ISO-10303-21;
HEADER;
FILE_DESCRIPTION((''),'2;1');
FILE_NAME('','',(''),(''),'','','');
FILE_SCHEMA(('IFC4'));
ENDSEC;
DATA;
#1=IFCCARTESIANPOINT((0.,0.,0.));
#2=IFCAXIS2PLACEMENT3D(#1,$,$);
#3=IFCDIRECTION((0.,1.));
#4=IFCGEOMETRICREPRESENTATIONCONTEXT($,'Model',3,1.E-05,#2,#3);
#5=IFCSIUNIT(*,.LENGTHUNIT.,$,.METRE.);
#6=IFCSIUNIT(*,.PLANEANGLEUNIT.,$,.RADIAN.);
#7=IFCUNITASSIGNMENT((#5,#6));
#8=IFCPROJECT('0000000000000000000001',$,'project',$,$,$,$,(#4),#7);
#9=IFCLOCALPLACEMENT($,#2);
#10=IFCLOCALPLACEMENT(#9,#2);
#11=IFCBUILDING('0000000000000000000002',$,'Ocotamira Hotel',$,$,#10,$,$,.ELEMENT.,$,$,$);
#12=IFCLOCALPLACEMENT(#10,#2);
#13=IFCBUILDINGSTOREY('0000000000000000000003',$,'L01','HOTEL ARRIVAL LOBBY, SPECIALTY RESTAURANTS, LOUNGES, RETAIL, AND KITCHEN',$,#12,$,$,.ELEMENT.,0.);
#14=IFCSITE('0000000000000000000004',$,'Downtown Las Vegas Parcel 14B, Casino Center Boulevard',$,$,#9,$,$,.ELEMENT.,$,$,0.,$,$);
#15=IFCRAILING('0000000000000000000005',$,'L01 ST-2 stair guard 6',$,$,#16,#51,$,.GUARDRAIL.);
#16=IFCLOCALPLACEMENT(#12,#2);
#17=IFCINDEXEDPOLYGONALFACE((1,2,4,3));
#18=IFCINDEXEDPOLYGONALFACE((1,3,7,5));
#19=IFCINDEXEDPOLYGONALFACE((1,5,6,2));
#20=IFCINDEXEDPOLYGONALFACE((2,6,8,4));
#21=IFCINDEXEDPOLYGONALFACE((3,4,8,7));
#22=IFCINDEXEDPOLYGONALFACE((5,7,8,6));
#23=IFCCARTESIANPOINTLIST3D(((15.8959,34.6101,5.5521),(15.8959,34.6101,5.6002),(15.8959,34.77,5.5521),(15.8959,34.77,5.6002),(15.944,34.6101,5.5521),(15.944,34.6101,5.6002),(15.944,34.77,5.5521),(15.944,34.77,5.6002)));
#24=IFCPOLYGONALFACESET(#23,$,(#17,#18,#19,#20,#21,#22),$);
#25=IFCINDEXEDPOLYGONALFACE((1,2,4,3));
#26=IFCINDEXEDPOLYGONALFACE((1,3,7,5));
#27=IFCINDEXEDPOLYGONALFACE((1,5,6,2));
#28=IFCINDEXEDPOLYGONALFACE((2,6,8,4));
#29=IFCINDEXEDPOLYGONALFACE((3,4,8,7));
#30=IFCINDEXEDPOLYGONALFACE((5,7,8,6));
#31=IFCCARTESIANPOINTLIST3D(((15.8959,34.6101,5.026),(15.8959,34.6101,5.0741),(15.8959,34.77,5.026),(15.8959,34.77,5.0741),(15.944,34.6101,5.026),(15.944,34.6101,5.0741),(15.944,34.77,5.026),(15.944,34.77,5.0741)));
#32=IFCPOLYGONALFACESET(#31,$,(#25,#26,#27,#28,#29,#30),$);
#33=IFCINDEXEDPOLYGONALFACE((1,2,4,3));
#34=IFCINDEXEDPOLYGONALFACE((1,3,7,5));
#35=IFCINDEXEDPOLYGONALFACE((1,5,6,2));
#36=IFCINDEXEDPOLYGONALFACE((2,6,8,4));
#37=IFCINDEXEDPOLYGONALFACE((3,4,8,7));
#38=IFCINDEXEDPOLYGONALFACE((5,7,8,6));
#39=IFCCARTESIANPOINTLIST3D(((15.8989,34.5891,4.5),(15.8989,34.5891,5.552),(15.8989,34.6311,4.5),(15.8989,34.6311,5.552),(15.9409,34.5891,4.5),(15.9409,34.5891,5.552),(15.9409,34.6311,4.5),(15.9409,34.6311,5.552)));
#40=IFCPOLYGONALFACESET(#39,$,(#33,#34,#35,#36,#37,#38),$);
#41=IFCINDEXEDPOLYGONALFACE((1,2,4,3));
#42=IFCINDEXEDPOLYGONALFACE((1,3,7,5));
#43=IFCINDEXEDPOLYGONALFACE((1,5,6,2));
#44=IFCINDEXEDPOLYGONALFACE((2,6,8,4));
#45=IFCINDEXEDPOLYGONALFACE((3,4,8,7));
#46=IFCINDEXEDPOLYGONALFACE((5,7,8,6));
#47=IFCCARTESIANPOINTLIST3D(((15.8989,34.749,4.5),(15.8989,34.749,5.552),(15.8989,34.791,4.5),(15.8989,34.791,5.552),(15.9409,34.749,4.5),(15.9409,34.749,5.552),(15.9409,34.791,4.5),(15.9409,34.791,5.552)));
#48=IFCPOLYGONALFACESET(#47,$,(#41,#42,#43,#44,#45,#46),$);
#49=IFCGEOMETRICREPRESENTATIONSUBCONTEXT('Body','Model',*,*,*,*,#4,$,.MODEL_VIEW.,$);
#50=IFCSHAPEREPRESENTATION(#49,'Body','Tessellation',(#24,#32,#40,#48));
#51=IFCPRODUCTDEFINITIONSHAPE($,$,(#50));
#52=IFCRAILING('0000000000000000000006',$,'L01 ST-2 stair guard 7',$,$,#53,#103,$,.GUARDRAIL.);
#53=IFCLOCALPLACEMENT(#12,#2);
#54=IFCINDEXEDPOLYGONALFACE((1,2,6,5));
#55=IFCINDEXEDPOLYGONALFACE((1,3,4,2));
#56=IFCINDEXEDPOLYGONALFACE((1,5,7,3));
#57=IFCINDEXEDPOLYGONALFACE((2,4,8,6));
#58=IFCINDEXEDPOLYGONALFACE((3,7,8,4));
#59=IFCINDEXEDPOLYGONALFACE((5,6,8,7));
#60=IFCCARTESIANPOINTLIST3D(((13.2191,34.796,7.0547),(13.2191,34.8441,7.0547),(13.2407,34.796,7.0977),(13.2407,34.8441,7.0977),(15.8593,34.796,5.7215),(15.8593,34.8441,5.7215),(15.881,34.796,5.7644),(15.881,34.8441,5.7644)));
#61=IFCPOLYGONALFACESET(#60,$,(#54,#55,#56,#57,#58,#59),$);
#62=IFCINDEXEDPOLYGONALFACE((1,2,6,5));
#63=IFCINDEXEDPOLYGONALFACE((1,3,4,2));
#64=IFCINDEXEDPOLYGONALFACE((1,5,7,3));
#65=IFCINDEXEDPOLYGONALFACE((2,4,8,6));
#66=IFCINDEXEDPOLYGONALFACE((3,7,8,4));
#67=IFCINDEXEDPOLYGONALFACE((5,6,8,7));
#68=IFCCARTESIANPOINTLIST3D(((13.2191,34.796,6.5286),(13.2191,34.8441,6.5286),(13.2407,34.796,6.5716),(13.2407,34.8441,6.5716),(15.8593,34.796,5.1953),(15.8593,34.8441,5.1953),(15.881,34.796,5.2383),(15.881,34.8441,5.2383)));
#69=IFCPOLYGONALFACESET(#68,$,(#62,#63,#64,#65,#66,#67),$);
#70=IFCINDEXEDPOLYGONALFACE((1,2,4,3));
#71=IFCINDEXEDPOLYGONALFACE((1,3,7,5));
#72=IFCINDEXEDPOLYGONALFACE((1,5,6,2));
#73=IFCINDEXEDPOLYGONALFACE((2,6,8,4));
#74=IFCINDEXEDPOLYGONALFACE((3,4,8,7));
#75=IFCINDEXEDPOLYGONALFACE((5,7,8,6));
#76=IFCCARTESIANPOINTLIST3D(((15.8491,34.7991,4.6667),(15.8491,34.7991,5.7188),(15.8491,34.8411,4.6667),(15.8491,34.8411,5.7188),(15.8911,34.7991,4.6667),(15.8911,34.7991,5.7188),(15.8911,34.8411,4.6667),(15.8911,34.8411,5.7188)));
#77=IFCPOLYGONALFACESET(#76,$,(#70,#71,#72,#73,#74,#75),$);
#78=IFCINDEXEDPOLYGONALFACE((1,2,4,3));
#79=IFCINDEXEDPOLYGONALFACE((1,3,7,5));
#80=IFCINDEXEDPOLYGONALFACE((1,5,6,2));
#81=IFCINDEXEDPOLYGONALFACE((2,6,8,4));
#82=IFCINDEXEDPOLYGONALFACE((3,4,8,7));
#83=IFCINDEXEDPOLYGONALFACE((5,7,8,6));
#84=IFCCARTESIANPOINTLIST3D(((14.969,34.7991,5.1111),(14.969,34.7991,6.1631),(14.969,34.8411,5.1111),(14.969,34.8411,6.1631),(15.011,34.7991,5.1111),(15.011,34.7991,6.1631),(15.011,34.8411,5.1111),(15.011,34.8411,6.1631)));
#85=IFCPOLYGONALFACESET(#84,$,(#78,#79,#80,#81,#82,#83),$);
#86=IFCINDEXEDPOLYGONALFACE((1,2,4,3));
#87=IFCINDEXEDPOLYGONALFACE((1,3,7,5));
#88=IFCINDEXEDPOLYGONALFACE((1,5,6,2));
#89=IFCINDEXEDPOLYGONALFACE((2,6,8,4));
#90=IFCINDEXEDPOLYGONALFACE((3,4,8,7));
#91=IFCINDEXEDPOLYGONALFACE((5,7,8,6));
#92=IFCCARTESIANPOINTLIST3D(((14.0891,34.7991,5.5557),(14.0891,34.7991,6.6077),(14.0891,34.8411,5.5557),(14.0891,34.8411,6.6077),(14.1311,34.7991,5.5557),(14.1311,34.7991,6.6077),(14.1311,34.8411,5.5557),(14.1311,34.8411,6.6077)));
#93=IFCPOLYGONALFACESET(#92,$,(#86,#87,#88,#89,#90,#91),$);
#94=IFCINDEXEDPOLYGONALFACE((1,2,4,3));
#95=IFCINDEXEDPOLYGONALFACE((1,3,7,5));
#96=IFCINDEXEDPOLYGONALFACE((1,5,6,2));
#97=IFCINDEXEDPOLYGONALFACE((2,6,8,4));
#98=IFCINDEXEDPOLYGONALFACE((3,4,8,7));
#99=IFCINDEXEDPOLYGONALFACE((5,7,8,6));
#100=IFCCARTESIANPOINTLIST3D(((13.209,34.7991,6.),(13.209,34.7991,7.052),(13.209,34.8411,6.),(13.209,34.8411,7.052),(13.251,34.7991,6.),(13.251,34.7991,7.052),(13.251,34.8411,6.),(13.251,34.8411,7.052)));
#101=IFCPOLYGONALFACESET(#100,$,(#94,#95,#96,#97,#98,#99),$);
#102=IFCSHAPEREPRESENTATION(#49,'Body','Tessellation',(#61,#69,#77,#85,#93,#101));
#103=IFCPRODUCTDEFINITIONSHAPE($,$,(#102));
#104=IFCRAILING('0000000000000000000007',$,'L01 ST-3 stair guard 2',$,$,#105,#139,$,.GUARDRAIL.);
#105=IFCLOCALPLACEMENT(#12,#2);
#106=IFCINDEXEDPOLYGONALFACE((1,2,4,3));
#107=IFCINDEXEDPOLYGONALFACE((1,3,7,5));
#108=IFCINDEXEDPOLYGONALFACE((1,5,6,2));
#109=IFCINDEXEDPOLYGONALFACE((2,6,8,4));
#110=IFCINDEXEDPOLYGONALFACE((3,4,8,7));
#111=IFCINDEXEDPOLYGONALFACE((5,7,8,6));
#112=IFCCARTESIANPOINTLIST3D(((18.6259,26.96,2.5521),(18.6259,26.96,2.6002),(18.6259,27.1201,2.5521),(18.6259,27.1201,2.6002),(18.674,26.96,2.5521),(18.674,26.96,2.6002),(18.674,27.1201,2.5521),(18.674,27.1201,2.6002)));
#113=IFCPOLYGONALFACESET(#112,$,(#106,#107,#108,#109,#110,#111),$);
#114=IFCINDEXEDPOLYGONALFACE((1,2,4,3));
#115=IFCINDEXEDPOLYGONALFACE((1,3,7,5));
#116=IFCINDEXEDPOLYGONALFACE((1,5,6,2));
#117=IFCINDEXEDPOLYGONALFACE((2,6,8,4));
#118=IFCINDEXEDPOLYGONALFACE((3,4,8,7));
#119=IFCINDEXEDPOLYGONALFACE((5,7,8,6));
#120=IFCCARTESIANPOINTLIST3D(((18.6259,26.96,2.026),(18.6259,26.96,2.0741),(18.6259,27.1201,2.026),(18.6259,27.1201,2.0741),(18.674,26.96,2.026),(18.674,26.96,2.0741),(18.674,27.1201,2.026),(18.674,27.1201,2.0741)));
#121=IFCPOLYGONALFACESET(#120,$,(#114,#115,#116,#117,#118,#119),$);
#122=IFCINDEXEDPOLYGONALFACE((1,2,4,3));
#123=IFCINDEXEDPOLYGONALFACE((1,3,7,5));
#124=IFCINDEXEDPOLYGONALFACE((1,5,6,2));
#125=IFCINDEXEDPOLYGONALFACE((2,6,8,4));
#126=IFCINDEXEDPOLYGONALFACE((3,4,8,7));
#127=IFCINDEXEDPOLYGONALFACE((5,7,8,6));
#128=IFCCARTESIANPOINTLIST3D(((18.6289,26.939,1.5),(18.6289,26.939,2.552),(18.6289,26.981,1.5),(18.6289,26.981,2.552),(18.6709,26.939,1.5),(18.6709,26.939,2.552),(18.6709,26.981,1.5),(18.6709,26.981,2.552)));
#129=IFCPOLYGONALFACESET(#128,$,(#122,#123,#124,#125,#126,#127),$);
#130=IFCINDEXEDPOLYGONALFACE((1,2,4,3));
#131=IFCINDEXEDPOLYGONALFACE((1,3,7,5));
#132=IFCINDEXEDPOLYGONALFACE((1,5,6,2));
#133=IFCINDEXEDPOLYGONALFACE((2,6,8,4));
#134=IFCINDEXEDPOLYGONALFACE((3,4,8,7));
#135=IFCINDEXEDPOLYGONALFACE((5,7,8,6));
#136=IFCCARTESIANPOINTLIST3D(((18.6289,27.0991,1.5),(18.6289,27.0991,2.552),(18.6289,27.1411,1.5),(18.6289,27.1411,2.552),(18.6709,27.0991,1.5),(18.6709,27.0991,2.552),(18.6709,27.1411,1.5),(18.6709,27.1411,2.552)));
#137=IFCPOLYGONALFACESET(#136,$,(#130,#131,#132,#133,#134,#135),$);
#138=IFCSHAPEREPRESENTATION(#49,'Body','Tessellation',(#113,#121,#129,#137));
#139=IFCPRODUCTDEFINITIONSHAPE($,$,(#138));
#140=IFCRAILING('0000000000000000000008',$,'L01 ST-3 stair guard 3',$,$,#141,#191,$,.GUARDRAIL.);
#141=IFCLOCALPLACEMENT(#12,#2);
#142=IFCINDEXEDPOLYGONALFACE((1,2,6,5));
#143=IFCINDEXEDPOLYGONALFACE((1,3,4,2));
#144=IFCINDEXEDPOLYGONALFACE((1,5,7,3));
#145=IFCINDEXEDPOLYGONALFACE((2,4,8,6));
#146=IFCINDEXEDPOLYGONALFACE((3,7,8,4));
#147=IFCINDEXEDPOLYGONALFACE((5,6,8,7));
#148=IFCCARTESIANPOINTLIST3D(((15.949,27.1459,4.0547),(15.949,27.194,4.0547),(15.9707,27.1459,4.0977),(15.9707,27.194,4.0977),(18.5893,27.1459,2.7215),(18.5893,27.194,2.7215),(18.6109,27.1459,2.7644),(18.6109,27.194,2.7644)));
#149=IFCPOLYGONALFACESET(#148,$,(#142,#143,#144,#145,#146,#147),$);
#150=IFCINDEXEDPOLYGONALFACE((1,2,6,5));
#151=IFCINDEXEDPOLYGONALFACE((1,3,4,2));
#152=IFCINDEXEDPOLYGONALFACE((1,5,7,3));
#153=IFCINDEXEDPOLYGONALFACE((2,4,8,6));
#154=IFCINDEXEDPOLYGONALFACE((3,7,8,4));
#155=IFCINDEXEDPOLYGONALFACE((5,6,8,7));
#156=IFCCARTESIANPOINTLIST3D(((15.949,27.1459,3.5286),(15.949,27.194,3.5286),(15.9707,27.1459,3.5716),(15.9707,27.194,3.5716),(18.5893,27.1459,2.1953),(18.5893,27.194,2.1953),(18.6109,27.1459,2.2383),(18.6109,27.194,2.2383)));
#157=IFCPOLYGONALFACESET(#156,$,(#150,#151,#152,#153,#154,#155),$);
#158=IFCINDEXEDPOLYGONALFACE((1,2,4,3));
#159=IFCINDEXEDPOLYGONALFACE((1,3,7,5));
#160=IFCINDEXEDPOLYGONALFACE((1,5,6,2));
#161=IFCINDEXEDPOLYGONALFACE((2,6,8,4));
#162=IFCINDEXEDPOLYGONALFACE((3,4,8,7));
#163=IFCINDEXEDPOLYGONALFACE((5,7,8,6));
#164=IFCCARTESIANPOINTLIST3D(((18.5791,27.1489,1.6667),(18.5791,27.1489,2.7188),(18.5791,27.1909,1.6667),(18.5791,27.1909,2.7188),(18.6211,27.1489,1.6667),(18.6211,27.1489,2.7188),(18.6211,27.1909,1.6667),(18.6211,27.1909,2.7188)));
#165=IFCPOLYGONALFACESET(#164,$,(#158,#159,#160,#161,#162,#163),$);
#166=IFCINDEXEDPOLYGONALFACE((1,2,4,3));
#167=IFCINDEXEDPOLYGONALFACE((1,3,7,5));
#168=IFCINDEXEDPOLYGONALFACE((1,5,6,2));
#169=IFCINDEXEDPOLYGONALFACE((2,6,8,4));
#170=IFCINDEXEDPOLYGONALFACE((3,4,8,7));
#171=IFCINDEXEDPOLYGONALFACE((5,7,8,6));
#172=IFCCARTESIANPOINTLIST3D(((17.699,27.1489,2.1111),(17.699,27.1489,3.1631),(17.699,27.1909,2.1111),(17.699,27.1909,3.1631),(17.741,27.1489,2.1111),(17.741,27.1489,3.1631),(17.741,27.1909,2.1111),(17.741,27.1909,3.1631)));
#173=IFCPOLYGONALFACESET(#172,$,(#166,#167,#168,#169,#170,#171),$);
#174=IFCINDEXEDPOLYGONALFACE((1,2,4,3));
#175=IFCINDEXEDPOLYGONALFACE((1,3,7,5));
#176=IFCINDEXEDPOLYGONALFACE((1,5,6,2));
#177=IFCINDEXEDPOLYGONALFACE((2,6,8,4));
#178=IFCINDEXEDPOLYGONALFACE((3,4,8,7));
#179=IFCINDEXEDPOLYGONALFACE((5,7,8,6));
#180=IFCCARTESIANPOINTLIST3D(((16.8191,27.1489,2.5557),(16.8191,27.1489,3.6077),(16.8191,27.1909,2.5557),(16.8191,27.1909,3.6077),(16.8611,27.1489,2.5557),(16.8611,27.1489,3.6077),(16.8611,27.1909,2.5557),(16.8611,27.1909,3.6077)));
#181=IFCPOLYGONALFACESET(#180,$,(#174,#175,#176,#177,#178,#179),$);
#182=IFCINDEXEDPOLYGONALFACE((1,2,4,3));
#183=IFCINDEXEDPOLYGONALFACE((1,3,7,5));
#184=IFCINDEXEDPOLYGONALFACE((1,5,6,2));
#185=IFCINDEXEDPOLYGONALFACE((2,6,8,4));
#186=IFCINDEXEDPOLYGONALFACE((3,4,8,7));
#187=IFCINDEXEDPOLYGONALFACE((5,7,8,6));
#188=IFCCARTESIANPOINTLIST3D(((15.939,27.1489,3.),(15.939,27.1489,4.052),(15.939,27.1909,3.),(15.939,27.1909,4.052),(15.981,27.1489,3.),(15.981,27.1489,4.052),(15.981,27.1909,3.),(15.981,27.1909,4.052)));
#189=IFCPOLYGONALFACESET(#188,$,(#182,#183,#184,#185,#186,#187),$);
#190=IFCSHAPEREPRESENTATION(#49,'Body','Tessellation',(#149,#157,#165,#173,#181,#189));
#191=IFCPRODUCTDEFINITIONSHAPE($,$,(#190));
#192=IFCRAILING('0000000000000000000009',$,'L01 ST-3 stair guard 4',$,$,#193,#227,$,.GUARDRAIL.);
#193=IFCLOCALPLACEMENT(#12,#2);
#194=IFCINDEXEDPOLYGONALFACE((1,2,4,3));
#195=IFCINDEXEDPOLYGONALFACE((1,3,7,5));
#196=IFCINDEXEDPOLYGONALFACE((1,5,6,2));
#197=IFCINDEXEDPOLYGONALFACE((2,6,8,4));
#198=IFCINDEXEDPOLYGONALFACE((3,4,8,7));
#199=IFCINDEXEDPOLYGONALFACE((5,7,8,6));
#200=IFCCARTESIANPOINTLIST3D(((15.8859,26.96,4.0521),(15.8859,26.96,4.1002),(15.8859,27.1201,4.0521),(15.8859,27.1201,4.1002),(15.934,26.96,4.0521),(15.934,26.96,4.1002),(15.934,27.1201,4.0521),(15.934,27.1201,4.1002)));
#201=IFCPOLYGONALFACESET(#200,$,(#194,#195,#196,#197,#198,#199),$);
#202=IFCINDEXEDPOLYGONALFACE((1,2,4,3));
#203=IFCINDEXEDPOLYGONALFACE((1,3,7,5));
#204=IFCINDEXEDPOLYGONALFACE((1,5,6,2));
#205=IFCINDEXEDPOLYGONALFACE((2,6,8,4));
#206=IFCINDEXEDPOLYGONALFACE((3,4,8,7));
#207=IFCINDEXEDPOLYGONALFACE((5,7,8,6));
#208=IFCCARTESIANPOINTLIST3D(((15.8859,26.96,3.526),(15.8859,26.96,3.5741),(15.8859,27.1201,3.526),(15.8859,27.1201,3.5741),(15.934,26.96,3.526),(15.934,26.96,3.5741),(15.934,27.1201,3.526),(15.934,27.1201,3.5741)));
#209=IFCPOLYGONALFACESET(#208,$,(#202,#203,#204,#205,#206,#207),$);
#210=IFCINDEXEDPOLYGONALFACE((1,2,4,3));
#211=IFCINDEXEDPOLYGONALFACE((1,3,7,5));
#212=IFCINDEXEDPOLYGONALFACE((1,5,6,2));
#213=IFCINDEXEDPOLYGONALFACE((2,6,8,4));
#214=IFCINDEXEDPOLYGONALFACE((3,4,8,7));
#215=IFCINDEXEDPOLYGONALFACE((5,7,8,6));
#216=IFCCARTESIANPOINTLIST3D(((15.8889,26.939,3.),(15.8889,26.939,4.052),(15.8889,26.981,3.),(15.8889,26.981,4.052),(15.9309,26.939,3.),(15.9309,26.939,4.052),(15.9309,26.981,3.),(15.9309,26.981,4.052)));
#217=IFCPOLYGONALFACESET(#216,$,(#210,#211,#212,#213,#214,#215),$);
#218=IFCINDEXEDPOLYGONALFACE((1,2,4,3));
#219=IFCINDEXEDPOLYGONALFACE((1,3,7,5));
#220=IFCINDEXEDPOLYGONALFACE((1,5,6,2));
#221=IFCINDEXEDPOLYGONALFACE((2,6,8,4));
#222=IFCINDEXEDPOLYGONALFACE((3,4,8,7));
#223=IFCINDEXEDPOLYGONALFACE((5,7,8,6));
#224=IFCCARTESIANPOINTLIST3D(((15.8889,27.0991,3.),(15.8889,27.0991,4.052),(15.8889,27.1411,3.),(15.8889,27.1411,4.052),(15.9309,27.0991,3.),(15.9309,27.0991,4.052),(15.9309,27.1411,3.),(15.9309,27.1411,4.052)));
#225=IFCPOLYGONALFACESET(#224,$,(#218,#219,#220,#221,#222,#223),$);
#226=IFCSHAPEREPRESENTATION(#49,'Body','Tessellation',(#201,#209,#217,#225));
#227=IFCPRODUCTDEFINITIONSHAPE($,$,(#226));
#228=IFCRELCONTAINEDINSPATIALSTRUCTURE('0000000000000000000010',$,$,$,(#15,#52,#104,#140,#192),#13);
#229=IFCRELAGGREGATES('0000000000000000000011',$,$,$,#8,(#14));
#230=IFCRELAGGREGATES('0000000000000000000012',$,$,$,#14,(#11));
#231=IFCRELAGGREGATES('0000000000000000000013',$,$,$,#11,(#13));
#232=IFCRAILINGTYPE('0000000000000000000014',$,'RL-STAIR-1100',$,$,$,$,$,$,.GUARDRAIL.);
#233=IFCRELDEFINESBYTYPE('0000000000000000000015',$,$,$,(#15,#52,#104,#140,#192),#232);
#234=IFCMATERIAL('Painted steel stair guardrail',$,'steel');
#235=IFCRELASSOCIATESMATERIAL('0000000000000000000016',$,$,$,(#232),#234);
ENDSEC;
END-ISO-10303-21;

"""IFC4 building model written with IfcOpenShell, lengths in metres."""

from ifc_helpers import new_model, si_unit, direction, frame, origin, origin_2d, place, context, subcontext, project, spatial, rectangle, extrude, material, type_object, element, save


model = new_model("IFC4")

# Units and contexts
model_context = context("Model", 3, precision=1e-05, world=origin(), true_north=direction((0.0, 1.0)))
body_context = subcontext(model_context, "Body", "Model", "MODEL_VIEW")
ifc_project = project(units=[si_unit("LENGTHUNIT", "METRE"), si_unit("PLANEANGLEUNIT", "RADIAN")], contexts=[model_context])

# Site, building, storey
site_placement = place(None, origin())
site = spatial("IfcSite", under=ifc_project, at=site_placement, Name="Downtown Las Vegas Parcel 14B, Casino Center Boulevard", CompositionType="ELEMENT", RefElevation=0.0)
building_placement = place(site_placement, origin())
building = spatial("IfcBuilding", under=site, at=building_placement, Name="Ocotamira Hotel", CompositionType="ELEMENT")
storey_placement = place(building_placement, origin())
storey = spatial("IfcBuildingStorey", under=building, at=storey_placement, Name="L01", Description="HOTEL ARRIVAL LOBBY, SPECIALTY RESTAURANTS, LOUNGES, RETAIL, AND KITCHEN", CompositionType="ELEMENT", Elevation=0.0)

# Railings
ifc_material_1 = material(Name="Painted steel stair guardrail", Category="steel")
railing_type_1 = type_object("IfcRailingType", Name="RL-STAIR-1100", PredefinedType="GUARDRAIL", material=ifc_material_1)
railing_1_placement = place(storey_placement, frame((15.9199, 34.6101, 4.5)))
element("IfcRailing", 1, at=railing_1_placement, inside=storey, type_object=railing_type_1, Name="L01 ST-2 stair guard 6", PredefinedType="GUARDRAIL", context=body_context, shape_type="SweptSolid", body=[
    extrude(rectangle(XDim=0.0481, YDim=0.0481, at=origin_2d()), frame((0.0, 0.0, 1.0762), z_axis=(0.0, 1.0, 0.0), x_axis=(-1.0, 0.0, 0.0)), (0.0, 0.0, 1.0), 0.1599),
    extrude(rectangle(XDim=0.0481, YDim=0.0481, at=origin_2d()), frame((0.0, 0.0, 0.55), z_axis=(0.0, 1.0, 0.0), x_axis=(-1.0, 0.0, 0.0)), (0.0, 0.0, 1.0), 0.1599),
    extrude(rectangle(XDim=0.042, YDim=0.042, at=origin_2d()), origin(), (0.0, 0.0, 1.0), 1.052),
    extrude(rectangle(XDim=0.042, YDim=0.042, at=origin_2d()), frame((0.0, 0.1599, 0.0)), (0.0, 0.0, 1.0), 1.052),
])
railing_2_placement = place(storey_placement, frame((15.8701, 34.8201, 4.6667)))
element("IfcRailing", 2, at=railing_2_placement, inside=storey, type_object=railing_type_1, Name="L01 ST-2 stair guard 7", PredefinedType="GUARDRAIL", context=body_context, shape_type="SweptSolid", body=[
    extrude(rectangle(XDim=0.0481, YDim=0.0481, at=origin_2d()), frame((0.0, 0.0, 1.0762), z_axis=(-0.892637, 0.0, 0.450776), x_axis=(0.0, -1.0, 0.0)), (0.0, 0.0, 1.0), 2.9578),
    extrude(rectangle(XDim=0.0481, YDim=0.0481, at=origin_2d()), frame((0.0, 0.0, 0.55), z_axis=(-0.892637, 0.0, 0.450776), x_axis=(0.0, -1.0, 0.0)), (0.0, 0.0, 1.0), 2.9578),
    extrude(rectangle(XDim=0.042, YDim=0.042, at=origin_2d()), origin(), (0.0, 0.0, 1.0), 1.052),
    extrude(rectangle(XDim=0.042, YDim=0.042, at=origin_2d()), frame((-0.8801, 0.0, 0.4443)), (0.0, 0.0, 1.0), 1.052),
    extrude(rectangle(XDim=0.042, YDim=0.042, at=origin_2d()), frame((-1.76, 0.0, 0.8889)), (0.0, 0.0, 1.0), 1.052),
    extrude(rectangle(XDim=0.042, YDim=0.042, at=origin_2d()), frame((-2.6401, 0.0, 1.3333)), (0.0, 0.0, 1.0), 1.052),
])
railing_3_placement = place(storey_placement, frame((18.6499, 26.96, 1.5)))
element("IfcRailing", 3, at=railing_3_placement, inside=storey, type_object=railing_type_1, Name="L01 ST-3 stair guard 2", PredefinedType="GUARDRAIL", context=body_context, shape_type="SweptSolid", body=[
    extrude(rectangle(XDim=0.0481, YDim=0.0481, at=origin_2d()), frame((0.0, 0.0, 1.0762), z_axis=(0.0, 1.0, 0.0), x_axis=(-1.0, 0.0, 0.0)), (0.0, 0.0, 1.0), 0.1602),
    extrude(rectangle(XDim=0.0481, YDim=0.0481, at=origin_2d()), frame((0.0, 0.0, 0.55), z_axis=(0.0, 1.0, 0.0), x_axis=(-1.0, 0.0, 0.0)), (0.0, 0.0, 1.0), 0.1602),
    extrude(rectangle(XDim=0.042, YDim=0.042, at=origin_2d()), origin(), (0.0, 0.0, 1.0), 1.052),
    extrude(rectangle(XDim=0.042, YDim=0.042, at=origin_2d()), frame((0.0, 0.1602, 0.0)), (0.0, 0.0, 1.0), 1.052),
])
railing_4_placement = place(storey_placement, frame((18.6001, 27.1699, 1.6667)))
element("IfcRailing", 4, at=railing_4_placement, inside=storey, type_object=railing_type_1, Name="L01 ST-3 stair guard 3", PredefinedType="GUARDRAIL", context=body_context, shape_type="SweptSolid", body=[
    extrude(rectangle(XDim=0.0481, YDim=0.0481, at=origin_2d()), frame((0.0, 0.0, 1.0762), z_axis=(-0.892637, 0.0, 0.450776), x_axis=(0.0, -1.0, 0.0)), (0.0, 0.0, 1.0), 2.9578),
    extrude(rectangle(XDim=0.0481, YDim=0.0481, at=origin_2d()), frame((0.0, 0.0, 0.55), z_axis=(-0.892637, 0.0, 0.450776), x_axis=(0.0, -1.0, 0.0)), (0.0, 0.0, 1.0), 2.9578),
    extrude(rectangle(XDim=0.042, YDim=0.042, at=origin_2d()), origin(), (0.0, 0.0, 1.0), 1.052),
    extrude(rectangle(XDim=0.042, YDim=0.042, at=origin_2d()), frame((-0.8801, 0.0, 0.4443)), (0.0, 0.0, 1.0), 1.052),
    extrude(rectangle(XDim=0.042, YDim=0.042, at=origin_2d()), frame((-1.76, 0.0, 0.8889)), (0.0, 0.0, 1.0), 1.052),
    extrude(rectangle(XDim=0.042, YDim=0.042, at=origin_2d()), frame((-2.6401, 0.0, 1.3333)), (0.0, 0.0, 1.0), 1.052),
])
for number, where, name in (
    (5, (15.9099, 26.96, 3.0), "L01 ST-3 stair guard 4"),
):
    element("IfcRailing", number, at=place(storey_placement, frame(where)), inside=storey, type_object=railing_type_1, Name=name, PredefinedType="GUARDRAIL", context=body_context, shape_type="SweptSolid", body=[
        extrude(rectangle(XDim=0.0481, YDim=0.0481, at=origin_2d()), frame((0.0, 0.0, 1.0762), z_axis=(0.0, 1.0, 0.0), x_axis=(-1.0, 0.0, 0.0)), (0.0, 0.0, 1.0), 0.1602),
        extrude(rectangle(XDim=0.0481, YDim=0.0481, at=origin_2d()), frame((0.0, 0.0, 0.55), z_axis=(0.0, 1.0, 0.0), x_axis=(-1.0, 0.0, 0.0)), (0.0, 0.0, 1.0), 0.1602),
        extrude(rectangle(XDim=0.042, YDim=0.042, at=origin_2d()), origin(), (0.0, 0.0, 1.0), 1.052),
        extrude(rectangle(XDim=0.042, YDim=0.042, at=origin_2d()), frame((0.0, 0.1602, 0.0)), (0.0, 0.0, 1.0), 1.052),
    ])

save(model, "model.ifc")
